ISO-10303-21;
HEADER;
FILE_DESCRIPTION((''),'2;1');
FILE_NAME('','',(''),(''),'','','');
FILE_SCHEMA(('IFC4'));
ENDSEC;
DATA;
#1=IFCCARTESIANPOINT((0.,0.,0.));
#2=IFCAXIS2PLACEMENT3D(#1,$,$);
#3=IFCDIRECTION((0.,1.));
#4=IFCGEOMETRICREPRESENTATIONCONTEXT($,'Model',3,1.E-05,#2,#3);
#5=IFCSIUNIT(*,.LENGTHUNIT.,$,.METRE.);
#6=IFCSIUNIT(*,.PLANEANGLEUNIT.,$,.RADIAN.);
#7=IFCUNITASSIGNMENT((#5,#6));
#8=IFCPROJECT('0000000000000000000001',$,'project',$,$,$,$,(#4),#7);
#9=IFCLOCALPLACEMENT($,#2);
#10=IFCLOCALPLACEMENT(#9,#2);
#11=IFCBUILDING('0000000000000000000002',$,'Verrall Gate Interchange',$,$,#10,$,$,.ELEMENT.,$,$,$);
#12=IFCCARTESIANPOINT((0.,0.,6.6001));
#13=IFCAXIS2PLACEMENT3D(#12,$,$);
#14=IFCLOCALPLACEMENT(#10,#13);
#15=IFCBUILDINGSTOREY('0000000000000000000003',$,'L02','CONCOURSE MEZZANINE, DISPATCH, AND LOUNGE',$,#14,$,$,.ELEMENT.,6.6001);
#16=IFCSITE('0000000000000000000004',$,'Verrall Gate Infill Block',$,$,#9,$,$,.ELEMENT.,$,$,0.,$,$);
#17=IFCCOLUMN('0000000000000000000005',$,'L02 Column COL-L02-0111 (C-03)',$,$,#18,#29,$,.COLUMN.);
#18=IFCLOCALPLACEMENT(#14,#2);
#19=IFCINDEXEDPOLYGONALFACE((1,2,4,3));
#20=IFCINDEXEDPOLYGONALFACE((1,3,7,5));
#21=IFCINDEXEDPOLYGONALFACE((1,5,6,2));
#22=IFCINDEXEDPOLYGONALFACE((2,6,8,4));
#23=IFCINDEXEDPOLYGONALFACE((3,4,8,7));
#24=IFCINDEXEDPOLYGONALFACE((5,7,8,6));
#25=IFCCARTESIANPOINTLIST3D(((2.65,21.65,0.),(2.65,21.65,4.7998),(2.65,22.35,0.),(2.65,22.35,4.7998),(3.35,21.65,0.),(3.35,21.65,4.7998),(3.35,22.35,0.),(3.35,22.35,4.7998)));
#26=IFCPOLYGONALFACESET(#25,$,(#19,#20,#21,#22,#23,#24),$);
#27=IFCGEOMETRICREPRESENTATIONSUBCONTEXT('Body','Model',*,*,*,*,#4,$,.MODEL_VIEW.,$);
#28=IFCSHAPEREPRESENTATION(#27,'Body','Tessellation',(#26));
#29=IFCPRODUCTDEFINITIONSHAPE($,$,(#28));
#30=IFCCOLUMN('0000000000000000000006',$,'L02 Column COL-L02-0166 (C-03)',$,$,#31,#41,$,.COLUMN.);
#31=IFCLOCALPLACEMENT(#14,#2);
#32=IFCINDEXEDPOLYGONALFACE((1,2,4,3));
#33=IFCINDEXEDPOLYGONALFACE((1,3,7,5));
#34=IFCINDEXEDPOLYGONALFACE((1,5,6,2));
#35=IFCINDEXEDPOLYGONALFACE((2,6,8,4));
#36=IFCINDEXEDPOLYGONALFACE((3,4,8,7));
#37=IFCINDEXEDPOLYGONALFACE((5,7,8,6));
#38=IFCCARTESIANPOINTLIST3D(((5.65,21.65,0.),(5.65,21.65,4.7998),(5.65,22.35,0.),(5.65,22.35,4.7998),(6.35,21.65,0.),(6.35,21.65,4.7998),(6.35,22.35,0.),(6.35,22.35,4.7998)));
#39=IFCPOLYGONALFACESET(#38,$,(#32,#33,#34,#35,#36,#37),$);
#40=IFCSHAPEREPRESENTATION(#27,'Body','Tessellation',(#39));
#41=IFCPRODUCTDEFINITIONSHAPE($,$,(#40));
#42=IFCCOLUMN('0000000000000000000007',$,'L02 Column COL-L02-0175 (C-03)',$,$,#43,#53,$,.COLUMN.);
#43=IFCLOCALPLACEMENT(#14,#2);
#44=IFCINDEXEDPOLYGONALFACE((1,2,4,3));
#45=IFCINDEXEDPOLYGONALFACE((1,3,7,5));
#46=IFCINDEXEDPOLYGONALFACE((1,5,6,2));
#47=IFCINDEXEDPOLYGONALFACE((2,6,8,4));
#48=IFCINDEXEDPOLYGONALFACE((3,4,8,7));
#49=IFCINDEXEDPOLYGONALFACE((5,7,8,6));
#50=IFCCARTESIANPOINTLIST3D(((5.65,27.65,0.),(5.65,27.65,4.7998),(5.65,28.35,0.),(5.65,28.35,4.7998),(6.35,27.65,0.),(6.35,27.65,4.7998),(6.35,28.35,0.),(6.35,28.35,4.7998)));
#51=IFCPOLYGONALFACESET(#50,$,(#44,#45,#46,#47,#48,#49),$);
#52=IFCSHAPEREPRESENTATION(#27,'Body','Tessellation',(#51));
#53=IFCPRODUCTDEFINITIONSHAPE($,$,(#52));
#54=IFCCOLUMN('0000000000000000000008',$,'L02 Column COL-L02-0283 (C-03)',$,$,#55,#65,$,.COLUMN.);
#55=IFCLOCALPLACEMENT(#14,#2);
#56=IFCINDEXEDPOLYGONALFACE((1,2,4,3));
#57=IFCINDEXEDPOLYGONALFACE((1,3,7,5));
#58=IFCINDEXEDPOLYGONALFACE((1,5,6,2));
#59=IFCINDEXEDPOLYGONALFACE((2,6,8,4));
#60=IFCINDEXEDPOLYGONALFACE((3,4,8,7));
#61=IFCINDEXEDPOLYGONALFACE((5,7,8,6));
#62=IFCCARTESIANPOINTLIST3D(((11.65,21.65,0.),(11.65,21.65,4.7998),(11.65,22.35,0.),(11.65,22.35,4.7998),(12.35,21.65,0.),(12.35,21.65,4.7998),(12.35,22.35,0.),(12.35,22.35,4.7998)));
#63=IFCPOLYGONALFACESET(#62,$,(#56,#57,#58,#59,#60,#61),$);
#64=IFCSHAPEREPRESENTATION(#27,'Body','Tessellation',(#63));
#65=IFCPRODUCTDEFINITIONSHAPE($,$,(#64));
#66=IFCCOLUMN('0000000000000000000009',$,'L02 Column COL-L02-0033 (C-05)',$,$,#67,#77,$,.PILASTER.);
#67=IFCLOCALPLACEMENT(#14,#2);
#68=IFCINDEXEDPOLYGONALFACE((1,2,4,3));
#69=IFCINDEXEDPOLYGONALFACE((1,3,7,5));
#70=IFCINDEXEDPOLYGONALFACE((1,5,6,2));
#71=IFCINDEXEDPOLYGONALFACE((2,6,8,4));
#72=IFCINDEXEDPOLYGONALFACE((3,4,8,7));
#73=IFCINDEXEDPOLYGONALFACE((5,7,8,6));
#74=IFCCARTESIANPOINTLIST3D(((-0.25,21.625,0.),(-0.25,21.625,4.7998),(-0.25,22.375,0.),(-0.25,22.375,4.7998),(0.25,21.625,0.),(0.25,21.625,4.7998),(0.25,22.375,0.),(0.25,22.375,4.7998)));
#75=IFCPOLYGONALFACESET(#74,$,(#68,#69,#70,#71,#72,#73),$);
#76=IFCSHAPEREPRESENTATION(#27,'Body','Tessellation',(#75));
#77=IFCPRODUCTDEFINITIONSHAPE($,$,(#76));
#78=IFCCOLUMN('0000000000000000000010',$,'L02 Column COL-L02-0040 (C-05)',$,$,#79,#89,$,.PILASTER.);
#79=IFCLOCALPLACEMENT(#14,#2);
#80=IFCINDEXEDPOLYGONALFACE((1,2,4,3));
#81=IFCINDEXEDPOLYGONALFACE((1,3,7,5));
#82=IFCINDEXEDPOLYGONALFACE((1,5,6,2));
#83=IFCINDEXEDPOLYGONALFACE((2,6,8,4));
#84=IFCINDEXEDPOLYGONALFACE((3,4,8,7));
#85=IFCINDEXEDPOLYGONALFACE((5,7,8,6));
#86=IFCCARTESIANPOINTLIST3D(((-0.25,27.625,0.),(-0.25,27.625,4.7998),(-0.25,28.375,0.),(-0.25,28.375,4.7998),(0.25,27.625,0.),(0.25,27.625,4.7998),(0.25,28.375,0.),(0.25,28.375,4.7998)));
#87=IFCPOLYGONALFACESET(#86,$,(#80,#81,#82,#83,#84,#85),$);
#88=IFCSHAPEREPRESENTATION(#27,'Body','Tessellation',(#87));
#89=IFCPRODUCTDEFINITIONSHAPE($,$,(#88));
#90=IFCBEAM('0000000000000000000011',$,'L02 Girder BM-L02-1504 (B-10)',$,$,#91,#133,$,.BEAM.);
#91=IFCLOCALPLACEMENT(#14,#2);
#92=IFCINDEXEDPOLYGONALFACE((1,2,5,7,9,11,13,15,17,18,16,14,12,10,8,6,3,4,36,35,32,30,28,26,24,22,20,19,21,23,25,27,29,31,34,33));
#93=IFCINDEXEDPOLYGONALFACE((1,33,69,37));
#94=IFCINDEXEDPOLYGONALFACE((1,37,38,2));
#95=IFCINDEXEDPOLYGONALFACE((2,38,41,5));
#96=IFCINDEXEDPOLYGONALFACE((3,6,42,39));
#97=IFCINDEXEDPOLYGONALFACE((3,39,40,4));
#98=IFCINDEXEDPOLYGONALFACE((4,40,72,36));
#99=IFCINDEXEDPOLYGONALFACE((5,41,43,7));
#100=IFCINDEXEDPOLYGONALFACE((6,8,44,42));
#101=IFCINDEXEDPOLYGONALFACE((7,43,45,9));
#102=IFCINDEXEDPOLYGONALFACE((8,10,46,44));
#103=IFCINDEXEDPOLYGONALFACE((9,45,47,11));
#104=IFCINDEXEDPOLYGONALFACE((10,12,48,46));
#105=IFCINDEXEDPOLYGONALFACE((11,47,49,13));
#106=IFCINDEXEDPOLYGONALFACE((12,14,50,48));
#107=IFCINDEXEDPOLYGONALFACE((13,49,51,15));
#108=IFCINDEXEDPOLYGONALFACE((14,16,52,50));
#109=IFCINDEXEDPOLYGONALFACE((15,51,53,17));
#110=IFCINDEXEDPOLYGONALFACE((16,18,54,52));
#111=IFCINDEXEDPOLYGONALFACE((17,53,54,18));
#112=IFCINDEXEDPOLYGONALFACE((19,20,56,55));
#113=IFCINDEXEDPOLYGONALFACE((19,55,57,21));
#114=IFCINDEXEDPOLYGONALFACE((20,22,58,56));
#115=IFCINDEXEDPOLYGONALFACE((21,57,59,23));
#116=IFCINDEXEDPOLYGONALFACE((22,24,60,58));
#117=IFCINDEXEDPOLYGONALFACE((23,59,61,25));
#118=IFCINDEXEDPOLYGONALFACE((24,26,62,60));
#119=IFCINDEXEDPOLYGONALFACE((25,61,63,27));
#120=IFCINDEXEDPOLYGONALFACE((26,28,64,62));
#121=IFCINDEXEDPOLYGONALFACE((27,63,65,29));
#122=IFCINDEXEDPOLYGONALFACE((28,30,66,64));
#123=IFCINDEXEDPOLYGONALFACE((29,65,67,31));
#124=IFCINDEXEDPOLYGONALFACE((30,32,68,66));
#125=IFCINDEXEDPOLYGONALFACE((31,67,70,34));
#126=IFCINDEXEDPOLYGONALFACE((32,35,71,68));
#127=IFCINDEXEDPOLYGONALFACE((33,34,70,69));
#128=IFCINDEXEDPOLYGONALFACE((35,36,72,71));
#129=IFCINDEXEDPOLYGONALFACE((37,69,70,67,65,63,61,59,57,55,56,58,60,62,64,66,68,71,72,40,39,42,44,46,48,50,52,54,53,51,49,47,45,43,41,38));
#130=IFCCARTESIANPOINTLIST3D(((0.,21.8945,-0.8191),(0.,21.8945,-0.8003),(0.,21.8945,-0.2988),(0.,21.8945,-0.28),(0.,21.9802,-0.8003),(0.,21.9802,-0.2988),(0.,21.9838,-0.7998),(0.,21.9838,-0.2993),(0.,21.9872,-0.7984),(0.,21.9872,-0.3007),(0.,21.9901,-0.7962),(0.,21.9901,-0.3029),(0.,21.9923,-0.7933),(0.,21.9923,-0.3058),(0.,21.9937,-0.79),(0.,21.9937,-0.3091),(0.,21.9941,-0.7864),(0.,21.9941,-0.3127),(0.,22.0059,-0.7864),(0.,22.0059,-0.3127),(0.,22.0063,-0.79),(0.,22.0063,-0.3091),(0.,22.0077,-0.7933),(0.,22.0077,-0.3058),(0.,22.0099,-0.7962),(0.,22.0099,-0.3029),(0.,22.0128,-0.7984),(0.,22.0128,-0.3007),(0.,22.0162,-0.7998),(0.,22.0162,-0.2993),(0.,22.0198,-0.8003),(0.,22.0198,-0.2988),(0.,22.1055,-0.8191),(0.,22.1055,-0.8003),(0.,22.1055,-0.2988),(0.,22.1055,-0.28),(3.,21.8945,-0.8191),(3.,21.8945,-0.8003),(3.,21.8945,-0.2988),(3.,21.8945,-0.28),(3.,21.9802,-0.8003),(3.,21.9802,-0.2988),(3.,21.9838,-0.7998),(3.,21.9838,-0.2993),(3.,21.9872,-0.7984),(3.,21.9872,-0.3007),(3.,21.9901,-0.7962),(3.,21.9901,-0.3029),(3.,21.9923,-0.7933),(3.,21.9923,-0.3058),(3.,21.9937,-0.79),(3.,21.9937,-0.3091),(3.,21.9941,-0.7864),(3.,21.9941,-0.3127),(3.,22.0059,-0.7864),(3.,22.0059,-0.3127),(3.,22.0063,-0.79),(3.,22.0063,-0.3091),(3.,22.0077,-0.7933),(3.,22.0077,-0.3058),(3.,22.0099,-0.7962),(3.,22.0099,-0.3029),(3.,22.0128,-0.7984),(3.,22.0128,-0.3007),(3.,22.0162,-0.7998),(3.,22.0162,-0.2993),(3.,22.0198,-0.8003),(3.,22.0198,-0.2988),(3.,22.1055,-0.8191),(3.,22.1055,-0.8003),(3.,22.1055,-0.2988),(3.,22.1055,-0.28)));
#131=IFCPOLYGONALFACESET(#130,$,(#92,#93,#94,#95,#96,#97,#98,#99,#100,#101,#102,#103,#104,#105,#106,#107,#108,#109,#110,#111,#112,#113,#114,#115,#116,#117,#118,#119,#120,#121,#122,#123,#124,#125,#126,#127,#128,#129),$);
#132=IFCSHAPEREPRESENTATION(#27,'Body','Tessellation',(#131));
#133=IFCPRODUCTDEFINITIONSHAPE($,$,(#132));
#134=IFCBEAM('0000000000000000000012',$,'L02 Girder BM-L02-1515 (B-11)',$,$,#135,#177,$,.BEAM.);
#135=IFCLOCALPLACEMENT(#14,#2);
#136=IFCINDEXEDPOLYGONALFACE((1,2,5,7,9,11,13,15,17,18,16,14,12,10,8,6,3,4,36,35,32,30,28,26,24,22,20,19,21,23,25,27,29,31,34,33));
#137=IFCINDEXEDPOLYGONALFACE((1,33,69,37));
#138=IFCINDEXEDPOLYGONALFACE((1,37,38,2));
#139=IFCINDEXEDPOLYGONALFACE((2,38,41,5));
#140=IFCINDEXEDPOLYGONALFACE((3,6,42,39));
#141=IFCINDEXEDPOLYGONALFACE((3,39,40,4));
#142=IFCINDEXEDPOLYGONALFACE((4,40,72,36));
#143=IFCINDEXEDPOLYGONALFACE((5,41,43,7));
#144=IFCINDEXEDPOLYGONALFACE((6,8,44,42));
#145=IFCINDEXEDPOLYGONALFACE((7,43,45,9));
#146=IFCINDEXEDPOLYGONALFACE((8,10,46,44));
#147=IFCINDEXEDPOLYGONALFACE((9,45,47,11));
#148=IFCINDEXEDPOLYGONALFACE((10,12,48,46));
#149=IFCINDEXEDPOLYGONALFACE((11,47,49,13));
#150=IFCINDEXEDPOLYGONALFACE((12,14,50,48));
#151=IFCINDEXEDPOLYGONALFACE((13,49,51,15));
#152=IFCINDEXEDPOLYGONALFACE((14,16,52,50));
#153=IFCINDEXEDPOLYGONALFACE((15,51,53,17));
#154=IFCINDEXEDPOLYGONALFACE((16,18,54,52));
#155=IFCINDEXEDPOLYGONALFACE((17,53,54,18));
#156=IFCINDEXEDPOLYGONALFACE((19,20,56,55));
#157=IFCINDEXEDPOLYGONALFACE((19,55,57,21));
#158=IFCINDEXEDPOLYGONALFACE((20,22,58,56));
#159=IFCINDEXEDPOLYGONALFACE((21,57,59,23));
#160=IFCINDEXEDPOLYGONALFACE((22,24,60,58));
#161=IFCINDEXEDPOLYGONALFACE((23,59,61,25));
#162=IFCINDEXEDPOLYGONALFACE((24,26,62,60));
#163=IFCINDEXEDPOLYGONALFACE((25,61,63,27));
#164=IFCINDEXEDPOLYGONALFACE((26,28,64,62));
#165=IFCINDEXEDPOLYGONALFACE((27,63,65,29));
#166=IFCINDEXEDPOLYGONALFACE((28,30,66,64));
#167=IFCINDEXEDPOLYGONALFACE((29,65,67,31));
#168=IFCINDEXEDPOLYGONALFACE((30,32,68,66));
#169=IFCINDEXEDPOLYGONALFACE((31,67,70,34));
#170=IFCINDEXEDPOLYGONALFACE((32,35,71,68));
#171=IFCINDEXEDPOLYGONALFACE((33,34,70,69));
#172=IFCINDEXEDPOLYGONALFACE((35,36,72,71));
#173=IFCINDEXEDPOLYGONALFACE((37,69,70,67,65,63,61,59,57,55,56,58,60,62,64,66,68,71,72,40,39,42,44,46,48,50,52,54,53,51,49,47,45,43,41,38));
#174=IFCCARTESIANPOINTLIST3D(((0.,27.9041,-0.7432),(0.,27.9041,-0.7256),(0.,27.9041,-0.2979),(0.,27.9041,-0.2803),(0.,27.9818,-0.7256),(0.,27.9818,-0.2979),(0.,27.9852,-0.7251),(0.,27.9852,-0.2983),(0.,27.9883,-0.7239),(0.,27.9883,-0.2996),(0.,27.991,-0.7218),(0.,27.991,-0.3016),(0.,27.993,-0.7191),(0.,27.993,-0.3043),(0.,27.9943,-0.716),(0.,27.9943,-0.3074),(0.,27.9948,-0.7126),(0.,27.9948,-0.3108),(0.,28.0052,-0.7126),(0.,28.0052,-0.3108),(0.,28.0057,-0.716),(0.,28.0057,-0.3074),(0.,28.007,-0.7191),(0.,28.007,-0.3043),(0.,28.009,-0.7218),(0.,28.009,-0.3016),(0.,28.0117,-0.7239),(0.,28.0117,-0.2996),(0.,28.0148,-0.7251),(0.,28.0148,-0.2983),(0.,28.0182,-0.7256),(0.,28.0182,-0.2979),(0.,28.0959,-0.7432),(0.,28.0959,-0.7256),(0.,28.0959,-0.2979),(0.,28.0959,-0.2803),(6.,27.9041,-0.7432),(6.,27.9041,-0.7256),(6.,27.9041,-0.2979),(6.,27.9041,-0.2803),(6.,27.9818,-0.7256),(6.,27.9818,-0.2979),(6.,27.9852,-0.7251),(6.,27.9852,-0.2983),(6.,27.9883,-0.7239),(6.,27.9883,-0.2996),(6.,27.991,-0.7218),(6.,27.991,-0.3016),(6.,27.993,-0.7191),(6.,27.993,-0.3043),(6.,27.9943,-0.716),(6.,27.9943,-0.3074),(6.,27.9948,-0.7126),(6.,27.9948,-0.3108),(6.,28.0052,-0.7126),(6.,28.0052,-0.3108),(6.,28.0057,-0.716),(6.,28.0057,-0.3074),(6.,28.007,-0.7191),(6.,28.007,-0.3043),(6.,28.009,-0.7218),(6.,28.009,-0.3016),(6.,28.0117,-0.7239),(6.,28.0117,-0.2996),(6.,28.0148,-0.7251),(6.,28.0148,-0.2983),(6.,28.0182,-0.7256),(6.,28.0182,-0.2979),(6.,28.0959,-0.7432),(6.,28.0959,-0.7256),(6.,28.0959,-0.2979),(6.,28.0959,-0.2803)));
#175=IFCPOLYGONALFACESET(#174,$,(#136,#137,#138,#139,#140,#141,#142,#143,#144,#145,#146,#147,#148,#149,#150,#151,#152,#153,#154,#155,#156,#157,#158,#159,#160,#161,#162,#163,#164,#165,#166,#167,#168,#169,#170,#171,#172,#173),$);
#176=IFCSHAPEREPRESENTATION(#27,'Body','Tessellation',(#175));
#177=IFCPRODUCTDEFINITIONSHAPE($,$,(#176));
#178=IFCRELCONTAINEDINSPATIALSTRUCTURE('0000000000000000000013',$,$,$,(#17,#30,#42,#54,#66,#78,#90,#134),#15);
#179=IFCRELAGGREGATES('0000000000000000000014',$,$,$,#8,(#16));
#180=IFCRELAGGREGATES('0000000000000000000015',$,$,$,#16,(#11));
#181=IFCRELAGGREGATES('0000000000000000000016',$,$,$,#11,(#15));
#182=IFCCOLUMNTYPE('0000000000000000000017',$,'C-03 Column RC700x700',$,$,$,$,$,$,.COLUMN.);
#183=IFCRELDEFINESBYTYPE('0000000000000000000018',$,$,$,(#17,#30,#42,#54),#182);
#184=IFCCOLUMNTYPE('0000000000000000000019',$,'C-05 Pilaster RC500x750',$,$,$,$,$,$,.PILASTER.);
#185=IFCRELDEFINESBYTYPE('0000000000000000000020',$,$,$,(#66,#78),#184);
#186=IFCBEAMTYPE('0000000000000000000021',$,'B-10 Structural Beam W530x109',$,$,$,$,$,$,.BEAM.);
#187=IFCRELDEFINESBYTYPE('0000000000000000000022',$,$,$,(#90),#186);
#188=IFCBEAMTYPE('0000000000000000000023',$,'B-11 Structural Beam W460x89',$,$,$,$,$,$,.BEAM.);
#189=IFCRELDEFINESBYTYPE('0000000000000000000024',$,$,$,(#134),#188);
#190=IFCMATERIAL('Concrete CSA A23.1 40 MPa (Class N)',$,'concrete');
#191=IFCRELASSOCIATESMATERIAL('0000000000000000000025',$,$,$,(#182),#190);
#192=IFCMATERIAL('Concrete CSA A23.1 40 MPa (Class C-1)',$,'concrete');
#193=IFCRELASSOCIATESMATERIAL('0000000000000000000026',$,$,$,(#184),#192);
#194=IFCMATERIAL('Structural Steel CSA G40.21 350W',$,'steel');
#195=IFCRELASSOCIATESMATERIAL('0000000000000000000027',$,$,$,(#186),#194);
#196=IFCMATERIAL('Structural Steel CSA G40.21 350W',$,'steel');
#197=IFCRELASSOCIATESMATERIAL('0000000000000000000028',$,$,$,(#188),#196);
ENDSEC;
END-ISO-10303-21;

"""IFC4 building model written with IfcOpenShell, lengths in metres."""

from ifc_helpers import new_model, si_unit, direction, frame, origin, origin_2d, place, context, subcontext, project, spatial, rectangle, i_section, extrude, material, material_profile, profile_set, type_object, element, save


model = new_model("IFC4")

# Units and contexts
model_context = context("Model", 3, precision=1e-05, world=origin(), true_north=direction((0.0, 1.0)))
body_context = subcontext(model_context, "Body", "Model", "MODEL_VIEW")
ifc_project = project(units=[si_unit("LENGTHUNIT", "METRE"), si_unit("PLANEANGLEUNIT", "RADIAN")], contexts=[model_context])

# Site, building, storey
site_placement = place(None, origin())
site = spatial("IfcSite", under=ifc_project, at=site_placement, Name="Verrall Gate Infill Block", CompositionType="ELEMENT", RefElevation=0.0)
building_placement = place(site_placement, origin())
building = spatial("IfcBuilding", under=site, at=building_placement, Name="Verrall Gate Interchange", CompositionType="ELEMENT")
storey_placement = place(building_placement, frame((0.0, 0.0, 6.6001)))
storey = spatial("IfcBuildingStorey", under=building, at=storey_placement, Name="L02", Description="CONCOURSE MEZZANINE, DISPATCH, AND LOUNGE", CompositionType="ELEMENT", Elevation=6.6001)

# Columns
ifc_material_1 = material(Name="Concrete CSA A23.1 40 MPa (Class N)", Category="concrete")
ifc_material_profile_1 = material_profile(ifc_material_1, rectangle(XDim=0.7, YDim=0.7, at=origin_2d()), Name="RC700x700")
ifc_profile_set_1 = profile_set([ifc_material_profile_1], Name="Concrete CSA A23.1 40 MPa (Class N)")
column_type_1 = type_object("IfcColumnType", Name="C-03 Column RC700x700", PredefinedType="COLUMN", material=ifc_profile_set_1)
for number, where, z_axis, x_axis, name in (
    (1, (3.0, 22.0, 0.0), (0.0, 0.0, 1.0), (1.0, 0.0, 0.0), "L02 Column COL-L02-0111 (C-03)"),
    (2, (6.0, 22.0, 0.0), (0.0, 0.0, 1.0), (1.0, 0.0, 0.0), "L02 Column COL-L02-0166 (C-03)"),
    (3, (6.0, 28.0, 0.0), (0.0, 0.0, 1.0), (1.0, 0.0, 0.0), "L02 Column COL-L02-0175 (C-03)"),
    (4, (12.0, 22.0, 0.0), (0.0, 0.0, 1.0), (1.0, 0.0, 0.0), "L02 Column COL-L02-0283 (C-03)"),
):
    element("IfcColumn", number, at=place(storey_placement, frame(where, z_axis=z_axis, x_axis=x_axis)), inside=storey, type_object=column_type_1, Name=name, PredefinedType="COLUMN", context=body_context, shape_type="SweptSolid", body=[
        extrude(rectangle(XDim=0.7, YDim=0.7, at=origin_2d()), origin(), (0.0, 0.0, 1.0), 4.7998),
    ])
ifc_material_2 = material(Name="Concrete CSA A23.1 40 MPa (Class C-1)", Category="concrete")
ifc_material_profile_2 = material_profile(ifc_material_2, rectangle(XDim=0.5, YDim=0.75, at=origin_2d()), Name="RC500x750")
ifc_profile_set_2 = profile_set([ifc_material_profile_2], Name="Concrete CSA A23.1 40 MPa (Class C-1)")
column_type_2 = type_object("IfcColumnType", Name="C-05 Pilaster RC500x750", PredefinedType="PILASTER", material=ifc_profile_set_2)
for number, where, z_axis, x_axis, name in (
    (5, (0.0, 22.0, 0.0), (0.0, 0.0, 1.0), (1.0, 0.0, 0.0), "L02 Column COL-L02-0033 (C-05)"),
    (6, (0.0, 28.0, 0.0), (0.0, 0.0, 1.0), (1.0, 0.0, 0.0), "L02 Column COL-L02-0040 (C-05)"),
):
    element("IfcColumn", number, at=place(storey_placement, frame(where, z_axis=z_axis, x_axis=x_axis)), inside=storey, type_object=column_type_2, Name=name, PredefinedType="PILASTER", context=body_context, shape_type="SweptSolid", body=[
        extrude(rectangle(XDim=0.5, YDim=0.75, at=origin_2d()), origin(), (0.0, 0.0, 1.0), 4.7998),
    ])

# Beams
ifc_material_3 = material(Name="Structural Steel CSA G40.21 350W", Category="steel")
ifc_material_profile_3 = material_profile(ifc_material_3, i_section(OverallWidth=0.2109, OverallDepth=0.5391, WebThickness=0.0117, FlangeThickness=0.0188, FilletRadius=0.0139, at=origin_2d()), Name="W530x109")
ifc_profile_set_3 = profile_set([ifc_material_profile_3], Name="Structural Steel CSA G40.21 350W")
beam_type_1 = type_object("IfcBeamType", Name="B-10 Structural Beam W530x109", PredefinedType="BEAM", material=ifc_profile_set_3)
beam_1_placement = place(storey_placement, frame((0.0, 22.0, -0.5496), z_axis=(1.0, 0.0, 0.0), x_axis=(0.0, 1.0, 0.0)))
element("IfcBeam", 7, at=beam_1_placement, inside=storey, type_object=beam_type_1, Name="L02 Girder BM-L02-1504 (B-10)", PredefinedType="BEAM", context=body_context, shape_type="SweptSolid", body=[
    extrude(i_section(OverallWidth=0.2109, OverallDepth=0.5391, WebThickness=0.0117, FlangeThickness=0.0188, FilletRadius=0.0139, at=origin_2d()), origin(), (0.0, 0.0, 1.0), 3.0),
])
ifc_material_4 = material(Name="Structural Steel CSA G40.21 350W", Category="steel")
ifc_material_profile_4 = material_profile(ifc_material_4, i_section(OverallWidth=0.1919, OverallDepth=0.4629, WebThickness=0.0105, FlangeThickness=0.0176, FilletRadius=0.0129, at=origin_2d()), Name="W460x89")
ifc_profile_set_4 = profile_set([ifc_material_profile_4], Name="Structural Steel CSA G40.21 350W")
beam_type_2 = type_object("IfcBeamType", Name="B-11 Structural Beam W460x89", PredefinedType="BEAM", material=ifc_profile_set_4)
for number, where, z_axis, x_axis, name in (
    (8, (0.0, 28.0, -0.5117), (1.0, 0.0, 0.0), (0.0, 1.0, 0.0), "L02 Girder BM-L02-1515 (B-11)"),
):
    element("IfcBeam", number, at=place(storey_placement, frame(where, z_axis=z_axis, x_axis=x_axis)), inside=storey, type_object=beam_type_2, Name=name, PredefinedType="BEAM", context=body_context, shape_type="SweptSolid", body=[
        extrude(i_section(OverallWidth=0.1919, OverallDepth=0.4629, WebThickness=0.0105, FlangeThickness=0.0176, FilletRadius=0.0129, at=origin_2d()), origin(), (0.0, 0.0, 1.0), 6.0),
    ])

save(model, "model.ifc")
